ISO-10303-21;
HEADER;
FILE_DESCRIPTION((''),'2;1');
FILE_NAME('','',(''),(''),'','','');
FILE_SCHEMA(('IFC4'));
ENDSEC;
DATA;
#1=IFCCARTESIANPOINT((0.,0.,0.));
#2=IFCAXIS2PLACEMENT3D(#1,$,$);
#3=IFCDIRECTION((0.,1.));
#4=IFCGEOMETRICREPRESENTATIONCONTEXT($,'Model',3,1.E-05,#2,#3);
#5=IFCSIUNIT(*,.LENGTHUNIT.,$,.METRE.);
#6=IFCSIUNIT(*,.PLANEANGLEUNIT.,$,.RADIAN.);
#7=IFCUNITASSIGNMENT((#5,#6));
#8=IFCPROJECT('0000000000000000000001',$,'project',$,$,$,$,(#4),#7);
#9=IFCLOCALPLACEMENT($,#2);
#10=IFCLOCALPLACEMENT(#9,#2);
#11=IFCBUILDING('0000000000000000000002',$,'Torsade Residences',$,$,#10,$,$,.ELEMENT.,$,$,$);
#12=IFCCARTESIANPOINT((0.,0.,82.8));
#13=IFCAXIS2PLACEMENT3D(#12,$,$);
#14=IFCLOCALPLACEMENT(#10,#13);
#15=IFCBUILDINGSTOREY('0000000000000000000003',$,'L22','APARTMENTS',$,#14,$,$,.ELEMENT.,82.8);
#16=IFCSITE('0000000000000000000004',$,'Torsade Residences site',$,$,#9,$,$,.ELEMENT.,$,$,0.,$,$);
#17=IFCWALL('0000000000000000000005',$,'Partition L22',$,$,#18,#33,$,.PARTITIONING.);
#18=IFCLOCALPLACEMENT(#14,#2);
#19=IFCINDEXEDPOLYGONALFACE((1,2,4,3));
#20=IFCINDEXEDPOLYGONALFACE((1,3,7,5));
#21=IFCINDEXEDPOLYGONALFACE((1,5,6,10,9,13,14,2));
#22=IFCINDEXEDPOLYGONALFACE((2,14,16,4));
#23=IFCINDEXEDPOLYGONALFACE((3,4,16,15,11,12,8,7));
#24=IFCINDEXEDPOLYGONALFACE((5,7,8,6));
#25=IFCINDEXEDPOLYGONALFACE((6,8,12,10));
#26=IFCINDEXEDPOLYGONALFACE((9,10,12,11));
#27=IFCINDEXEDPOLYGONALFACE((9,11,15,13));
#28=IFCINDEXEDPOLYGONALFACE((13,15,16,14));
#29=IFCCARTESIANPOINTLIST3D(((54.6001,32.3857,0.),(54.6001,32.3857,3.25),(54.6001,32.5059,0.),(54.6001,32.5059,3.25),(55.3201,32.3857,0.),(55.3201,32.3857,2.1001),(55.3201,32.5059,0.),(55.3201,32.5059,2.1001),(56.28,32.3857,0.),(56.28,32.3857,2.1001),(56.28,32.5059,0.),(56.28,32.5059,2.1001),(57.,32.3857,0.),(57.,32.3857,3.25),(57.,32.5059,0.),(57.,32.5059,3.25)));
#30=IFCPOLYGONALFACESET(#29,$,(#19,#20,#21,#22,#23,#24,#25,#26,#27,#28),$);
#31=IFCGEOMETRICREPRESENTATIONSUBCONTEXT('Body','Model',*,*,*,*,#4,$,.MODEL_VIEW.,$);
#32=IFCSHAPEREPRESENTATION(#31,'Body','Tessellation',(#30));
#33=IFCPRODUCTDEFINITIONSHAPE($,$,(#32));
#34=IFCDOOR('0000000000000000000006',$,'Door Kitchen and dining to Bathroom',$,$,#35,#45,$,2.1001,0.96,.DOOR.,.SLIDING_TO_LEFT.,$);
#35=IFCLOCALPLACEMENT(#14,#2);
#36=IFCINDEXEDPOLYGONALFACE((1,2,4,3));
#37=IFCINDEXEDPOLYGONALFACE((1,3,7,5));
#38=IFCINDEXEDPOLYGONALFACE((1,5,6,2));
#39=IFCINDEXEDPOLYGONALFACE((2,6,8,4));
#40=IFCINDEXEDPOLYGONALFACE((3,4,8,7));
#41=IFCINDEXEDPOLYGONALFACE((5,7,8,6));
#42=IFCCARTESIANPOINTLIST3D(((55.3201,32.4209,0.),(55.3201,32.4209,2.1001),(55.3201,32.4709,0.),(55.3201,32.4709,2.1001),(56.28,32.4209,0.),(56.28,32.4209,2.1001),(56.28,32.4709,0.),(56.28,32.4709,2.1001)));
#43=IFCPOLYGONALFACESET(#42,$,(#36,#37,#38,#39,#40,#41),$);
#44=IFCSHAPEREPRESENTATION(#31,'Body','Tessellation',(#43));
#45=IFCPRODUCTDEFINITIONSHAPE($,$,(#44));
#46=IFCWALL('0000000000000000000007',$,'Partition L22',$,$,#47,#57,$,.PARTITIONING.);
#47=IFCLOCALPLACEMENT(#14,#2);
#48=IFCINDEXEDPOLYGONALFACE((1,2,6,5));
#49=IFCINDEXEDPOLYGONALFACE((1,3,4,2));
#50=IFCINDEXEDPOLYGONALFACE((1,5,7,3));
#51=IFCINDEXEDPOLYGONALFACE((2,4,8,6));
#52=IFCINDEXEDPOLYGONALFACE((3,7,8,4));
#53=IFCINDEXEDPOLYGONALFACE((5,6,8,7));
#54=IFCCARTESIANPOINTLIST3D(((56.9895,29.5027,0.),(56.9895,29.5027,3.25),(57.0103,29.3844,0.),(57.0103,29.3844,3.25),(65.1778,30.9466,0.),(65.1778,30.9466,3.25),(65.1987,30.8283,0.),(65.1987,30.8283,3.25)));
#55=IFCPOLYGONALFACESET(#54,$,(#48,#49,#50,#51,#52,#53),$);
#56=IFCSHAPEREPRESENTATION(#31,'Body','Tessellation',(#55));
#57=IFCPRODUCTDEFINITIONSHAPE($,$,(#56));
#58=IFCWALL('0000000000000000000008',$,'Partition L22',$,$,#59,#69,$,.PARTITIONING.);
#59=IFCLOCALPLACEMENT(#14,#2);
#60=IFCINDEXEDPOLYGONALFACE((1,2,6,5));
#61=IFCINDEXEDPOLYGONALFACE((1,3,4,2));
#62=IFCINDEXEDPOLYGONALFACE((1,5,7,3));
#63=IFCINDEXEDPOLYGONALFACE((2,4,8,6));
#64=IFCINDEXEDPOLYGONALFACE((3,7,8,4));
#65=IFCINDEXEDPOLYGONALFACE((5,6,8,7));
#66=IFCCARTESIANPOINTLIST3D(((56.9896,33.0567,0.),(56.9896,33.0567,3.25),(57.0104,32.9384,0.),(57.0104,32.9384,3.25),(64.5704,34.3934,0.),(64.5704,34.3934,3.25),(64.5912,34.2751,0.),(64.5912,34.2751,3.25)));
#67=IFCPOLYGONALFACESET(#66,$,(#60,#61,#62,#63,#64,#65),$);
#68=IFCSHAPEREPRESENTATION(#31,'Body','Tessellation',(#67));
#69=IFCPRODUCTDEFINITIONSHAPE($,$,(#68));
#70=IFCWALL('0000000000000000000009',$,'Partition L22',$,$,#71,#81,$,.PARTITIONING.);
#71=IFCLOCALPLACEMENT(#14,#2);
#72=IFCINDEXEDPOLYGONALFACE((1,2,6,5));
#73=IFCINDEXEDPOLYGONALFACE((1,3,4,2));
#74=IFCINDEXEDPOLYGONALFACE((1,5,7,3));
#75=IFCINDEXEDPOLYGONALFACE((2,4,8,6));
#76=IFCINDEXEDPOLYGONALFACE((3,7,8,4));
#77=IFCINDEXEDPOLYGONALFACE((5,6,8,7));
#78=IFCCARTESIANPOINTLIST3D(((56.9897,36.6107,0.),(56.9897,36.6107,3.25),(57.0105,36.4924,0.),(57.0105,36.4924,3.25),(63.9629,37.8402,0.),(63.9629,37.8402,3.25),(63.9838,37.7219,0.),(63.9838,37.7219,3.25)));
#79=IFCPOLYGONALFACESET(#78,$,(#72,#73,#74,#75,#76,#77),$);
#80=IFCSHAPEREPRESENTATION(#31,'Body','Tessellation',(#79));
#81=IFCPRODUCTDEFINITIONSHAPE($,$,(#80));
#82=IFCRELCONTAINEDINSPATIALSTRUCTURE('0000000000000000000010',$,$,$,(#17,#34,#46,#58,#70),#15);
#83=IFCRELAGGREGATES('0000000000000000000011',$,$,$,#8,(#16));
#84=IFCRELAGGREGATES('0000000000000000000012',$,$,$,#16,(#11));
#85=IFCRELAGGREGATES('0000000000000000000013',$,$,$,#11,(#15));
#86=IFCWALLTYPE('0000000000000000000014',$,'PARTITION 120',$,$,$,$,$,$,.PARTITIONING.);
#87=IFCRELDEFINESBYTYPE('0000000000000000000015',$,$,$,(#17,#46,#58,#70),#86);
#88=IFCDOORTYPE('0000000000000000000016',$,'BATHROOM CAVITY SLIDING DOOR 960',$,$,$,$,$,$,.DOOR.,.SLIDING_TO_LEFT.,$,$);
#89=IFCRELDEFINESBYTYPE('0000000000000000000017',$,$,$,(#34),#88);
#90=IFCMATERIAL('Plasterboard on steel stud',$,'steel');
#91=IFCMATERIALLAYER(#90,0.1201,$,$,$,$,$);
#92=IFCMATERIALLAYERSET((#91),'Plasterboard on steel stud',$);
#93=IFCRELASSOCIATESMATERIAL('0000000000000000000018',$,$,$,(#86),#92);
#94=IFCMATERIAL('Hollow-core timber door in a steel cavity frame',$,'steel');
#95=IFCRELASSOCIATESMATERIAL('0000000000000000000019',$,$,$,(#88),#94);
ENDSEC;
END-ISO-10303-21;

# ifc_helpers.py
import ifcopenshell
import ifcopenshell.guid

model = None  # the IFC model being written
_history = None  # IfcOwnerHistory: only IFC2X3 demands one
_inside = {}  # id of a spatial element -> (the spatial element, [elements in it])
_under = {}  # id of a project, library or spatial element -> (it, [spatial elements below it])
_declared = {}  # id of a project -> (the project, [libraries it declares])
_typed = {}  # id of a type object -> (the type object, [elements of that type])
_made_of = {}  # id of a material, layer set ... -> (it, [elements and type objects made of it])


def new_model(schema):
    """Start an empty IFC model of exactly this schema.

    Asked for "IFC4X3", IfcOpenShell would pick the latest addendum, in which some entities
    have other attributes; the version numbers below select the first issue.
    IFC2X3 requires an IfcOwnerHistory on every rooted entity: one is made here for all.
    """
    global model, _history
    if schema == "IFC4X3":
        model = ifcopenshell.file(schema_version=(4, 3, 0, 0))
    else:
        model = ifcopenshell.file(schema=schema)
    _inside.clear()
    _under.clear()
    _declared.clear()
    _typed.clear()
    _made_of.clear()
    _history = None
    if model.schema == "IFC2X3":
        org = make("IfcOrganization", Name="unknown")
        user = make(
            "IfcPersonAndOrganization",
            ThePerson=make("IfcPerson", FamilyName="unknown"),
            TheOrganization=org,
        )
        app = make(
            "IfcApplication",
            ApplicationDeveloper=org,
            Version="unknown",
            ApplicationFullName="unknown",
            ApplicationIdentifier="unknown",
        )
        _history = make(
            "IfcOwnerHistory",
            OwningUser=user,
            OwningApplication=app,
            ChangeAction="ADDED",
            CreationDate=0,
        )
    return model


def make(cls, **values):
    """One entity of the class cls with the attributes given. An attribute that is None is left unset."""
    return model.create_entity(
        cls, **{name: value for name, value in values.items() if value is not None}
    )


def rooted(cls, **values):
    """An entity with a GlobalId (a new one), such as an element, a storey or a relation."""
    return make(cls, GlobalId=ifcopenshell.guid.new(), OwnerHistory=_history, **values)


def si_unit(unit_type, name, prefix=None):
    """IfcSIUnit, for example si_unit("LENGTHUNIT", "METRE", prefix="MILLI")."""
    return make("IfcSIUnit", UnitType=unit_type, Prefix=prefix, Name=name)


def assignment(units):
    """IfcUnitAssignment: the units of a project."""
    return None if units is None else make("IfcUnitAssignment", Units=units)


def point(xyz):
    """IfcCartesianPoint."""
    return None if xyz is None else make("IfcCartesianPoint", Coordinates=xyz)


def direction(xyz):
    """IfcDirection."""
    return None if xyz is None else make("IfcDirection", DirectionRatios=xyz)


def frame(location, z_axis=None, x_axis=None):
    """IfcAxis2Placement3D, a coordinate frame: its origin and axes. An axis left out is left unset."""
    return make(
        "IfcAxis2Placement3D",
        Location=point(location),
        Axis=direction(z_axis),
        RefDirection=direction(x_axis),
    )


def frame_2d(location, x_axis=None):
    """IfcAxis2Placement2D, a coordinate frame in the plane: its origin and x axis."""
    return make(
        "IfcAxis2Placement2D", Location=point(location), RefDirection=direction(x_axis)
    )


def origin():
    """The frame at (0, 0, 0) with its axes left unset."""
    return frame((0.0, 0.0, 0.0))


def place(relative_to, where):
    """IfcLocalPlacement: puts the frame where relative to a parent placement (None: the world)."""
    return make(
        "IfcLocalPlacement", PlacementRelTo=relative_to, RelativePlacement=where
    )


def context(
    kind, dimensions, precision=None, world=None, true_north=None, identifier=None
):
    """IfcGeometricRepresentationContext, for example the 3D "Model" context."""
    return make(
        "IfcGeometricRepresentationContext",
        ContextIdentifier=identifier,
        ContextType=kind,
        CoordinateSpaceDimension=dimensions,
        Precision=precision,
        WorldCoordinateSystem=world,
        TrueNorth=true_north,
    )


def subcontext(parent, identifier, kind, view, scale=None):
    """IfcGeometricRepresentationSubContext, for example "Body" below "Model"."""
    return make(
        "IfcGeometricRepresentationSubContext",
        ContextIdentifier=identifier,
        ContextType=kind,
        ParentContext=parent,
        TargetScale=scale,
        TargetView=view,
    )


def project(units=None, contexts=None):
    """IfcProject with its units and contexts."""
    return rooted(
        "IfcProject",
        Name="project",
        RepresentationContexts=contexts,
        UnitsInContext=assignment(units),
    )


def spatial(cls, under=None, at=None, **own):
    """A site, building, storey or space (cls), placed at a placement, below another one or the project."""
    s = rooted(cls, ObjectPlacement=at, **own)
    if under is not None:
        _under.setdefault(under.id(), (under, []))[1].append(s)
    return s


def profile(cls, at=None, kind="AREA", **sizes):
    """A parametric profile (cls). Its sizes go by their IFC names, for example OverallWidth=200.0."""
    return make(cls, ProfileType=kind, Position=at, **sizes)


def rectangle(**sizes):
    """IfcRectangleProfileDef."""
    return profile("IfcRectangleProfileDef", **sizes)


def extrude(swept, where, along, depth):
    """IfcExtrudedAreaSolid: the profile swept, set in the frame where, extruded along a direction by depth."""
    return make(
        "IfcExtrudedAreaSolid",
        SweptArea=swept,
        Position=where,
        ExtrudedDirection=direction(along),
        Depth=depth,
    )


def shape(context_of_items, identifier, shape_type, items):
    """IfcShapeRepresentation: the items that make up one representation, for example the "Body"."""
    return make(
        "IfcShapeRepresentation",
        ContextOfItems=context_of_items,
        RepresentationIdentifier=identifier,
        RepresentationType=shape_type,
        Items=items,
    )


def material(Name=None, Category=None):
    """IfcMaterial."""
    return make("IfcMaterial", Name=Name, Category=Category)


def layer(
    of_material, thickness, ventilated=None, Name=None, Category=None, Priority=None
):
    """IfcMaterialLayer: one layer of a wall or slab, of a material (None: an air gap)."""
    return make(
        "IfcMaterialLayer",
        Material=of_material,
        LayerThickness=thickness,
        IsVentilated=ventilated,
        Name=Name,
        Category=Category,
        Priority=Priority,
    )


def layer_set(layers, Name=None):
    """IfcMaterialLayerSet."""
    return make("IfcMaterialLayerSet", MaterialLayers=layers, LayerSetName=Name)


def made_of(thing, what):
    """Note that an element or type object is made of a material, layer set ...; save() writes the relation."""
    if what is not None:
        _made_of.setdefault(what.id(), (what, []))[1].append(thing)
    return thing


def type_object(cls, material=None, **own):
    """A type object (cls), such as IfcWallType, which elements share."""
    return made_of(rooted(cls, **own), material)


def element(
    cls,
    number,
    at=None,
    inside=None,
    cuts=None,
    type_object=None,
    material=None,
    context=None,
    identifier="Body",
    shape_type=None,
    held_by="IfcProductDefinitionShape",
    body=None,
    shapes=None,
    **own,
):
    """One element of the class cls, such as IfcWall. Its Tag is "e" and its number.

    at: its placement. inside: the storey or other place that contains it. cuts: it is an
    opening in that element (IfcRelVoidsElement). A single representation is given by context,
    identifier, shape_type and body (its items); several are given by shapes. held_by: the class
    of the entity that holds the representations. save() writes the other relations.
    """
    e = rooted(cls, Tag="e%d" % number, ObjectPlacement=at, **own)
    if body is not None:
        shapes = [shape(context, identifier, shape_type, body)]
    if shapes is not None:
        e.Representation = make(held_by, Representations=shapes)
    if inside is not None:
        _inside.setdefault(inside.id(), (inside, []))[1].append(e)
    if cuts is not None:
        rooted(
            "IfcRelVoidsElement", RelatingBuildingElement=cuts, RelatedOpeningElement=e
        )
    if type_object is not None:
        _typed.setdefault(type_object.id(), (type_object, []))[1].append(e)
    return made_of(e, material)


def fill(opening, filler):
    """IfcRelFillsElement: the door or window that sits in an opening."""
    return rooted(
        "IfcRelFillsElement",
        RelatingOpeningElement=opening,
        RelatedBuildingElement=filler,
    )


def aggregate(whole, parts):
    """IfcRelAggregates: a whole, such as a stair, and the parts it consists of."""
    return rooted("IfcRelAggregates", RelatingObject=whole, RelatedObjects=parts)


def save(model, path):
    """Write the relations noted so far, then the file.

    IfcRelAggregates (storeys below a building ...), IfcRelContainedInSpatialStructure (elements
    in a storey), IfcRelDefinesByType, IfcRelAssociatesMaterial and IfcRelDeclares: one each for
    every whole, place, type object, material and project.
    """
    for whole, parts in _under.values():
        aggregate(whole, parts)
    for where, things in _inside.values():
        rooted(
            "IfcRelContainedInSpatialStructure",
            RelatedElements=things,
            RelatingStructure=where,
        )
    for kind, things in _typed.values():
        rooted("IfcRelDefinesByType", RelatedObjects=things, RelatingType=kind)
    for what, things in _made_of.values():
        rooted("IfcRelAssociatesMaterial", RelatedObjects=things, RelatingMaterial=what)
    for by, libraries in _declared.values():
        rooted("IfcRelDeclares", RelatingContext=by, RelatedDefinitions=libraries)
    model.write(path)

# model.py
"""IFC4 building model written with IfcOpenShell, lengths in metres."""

from ifc_helpers import new_model, si_unit, direction, frame, frame_2d, origin, place, context, subcontext, project, spatial, rectangle, extrude, material, layer, layer_set, type_object, element, fill, save


model = new_model("IFC4")

# Units and contexts
model_context = context("Model", 3, precision=1e-05, world=origin(), true_north=direction((0.0, 1.0)))
body_context = subcontext(model_context, "Body", "Model", "MODEL_VIEW")
ifc_project = project(units=[si_unit("LENGTHUNIT", "METRE"), si_unit("PLANEANGLEUNIT", "RADIAN")], contexts=[model_context])

# Site, building, storey
site_placement = place(None, origin())
site = spatial("IfcSite", under=ifc_project, at=site_placement, Name="Torsade Residences site", CompositionType="ELEMENT", RefElevation=0.0)
building_placement = place(site_placement, origin())
building = spatial("IfcBuilding", under=site, at=building_placement, Name="Torsade Residences", CompositionType="ELEMENT")
storey_placement = place(building_placement, frame((0.0, 0.0, 82.8)))
storey = spatial("IfcBuildingStorey", under=building, at=storey_placement, Name="L22", Description="APARTMENTS", CompositionType="ELEMENT", Elevation=82.8)

# Wall, opening, door
ifc_material_1 = material(Name="Plasterboard on steel stud", Category="steel")
ifc_layer_1 = layer(ifc_material_1, 0.1201)
ifc_layer_set_1 = layer_set([ifc_layer_1], Name="Plasterboard on steel stud")
wall_type_1 = type_object("IfcWallType", Name="PARTITION 120", PredefinedType="PARTITIONING", material=ifc_layer_set_1)
wall_1_placement = place(storey_placement, frame((57.0, 32.4458, 0.0), z_axis=(0.0, 0.0, 1.0), x_axis=(-1.0, 0.0, 0.0)))
wall_1 = element("IfcWall", 1, at=wall_1_placement, inside=storey, type_object=wall_type_1, Name="Partition L22", PredefinedType="PARTITIONING", context=body_context, shape_type="SweptSolid", body=[
    extrude(rectangle(XDim=2.3999, YDim=0.1201, at=frame_2d((1.2, 0.0))), origin(), (0.0, 0.0, 1.0), 3.25),
])
opening_1_placement = place(wall_1_placement, frame((0.72, 0.0, 0.0)))
opening_1 = element("IfcOpeningElement", 2, at=opening_1_placement, cuts=wall_1, PredefinedType="OPENING", context=body_context, shape_type="SweptSolid", body=[
    extrude(rectangle(XDim=0.96, YDim=2.1001, at=frame_2d((0.48, 1.05))), frame((0.0, 0.0701, 0.0), z_axis=(0.0, -1.0, 0.0), x_axis=(1.0, 0.0, 0.0)), (0.0, 0.0, 1.0), 0.1401),
])
ifc_material_2 = material(Name="Hollow-core timber door in a steel cavity frame", Category="steel")
door_type_1 = type_object("IfcDoorType", Name="BATHROOM CAVITY SLIDING DOOR 960", OperationType="SLIDING_TO_LEFT", PredefinedType="DOOR", material=ifc_material_2)
door_1_placement = place(opening_1_placement, origin())
door_1 = element("IfcDoor", 3, at=door_1_placement, inside=storey, type_object=door_type_1, Name="Door Kitchen and dining to Bathroom", OperationType="SLIDING_TO_LEFT", OverallHeight=2.1001, OverallWidth=0.96, PredefinedType="DOOR", context=body_context, shape_type="SweptSolid", body=[
    extrude(rectangle(XDim=0.96, YDim=2.1001, at=frame_2d((0.48, 1.05))), frame((0.0, 0.0249, 0.0), z_axis=(0.0, -1.0, 0.0), x_axis=(1.0, 0.0, 0.0)), (0.0, 0.0, 1.0), 0.05),
])
fill(opening_1, door_1)

# Walls
wall_2_placement = place(storey_placement, frame((57.0, 29.4436, 0.0), z_axis=(0.0, 0.0, 1.0), x_axis=(0.984808, 0.173648, 0.0)))
element("IfcWall", 4, at=wall_2_placement, inside=storey, type_object=wall_type_1, Name="Partition L22", PredefinedType="PARTITIONING", context=body_context, shape_type="SweptSolid", body=[
    extrude(rectangle(XDim=8.3147, YDim=0.1201, at=frame_2d((4.1572, 0.0))), origin(), (0.0, 0.0, 1.0), 3.25),
])
wall_3_placement = place(storey_placement, frame((57.0, 32.9976, 0.0), z_axis=(0.0, 0.0, 1.0), x_axis=(0.984808, 0.173644, 0.0)))
element("IfcWall", 5, at=wall_3_placement, inside=storey, type_object=wall_type_1, Name="Partition L22", PredefinedType="PARTITIONING", context=body_context, shape_type="SweptSolid", body=[
    extrude(rectangle(XDim=7.6978, YDim=0.1201, at=frame_2d((3.8489, 0.0))), origin(), (0.0, 0.0, 1.0), 3.25),
])
wall_4_placement = place(storey_placement, frame((57.0, 36.5515, 0.0), z_axis=(0.0, 0.0, 1.0), x_axis=(0.984809, 0.17364, 0.0)))
element("IfcWall", 6, at=wall_4_placement, inside=storey, type_object=wall_type_1, Name="Partition L22", PredefinedType="PARTITIONING", context=body_context, shape_type="SweptSolid", body=[
    extrude(rectangle(XDim=7.0808, YDim=0.1201, at=frame_2d((3.5405, 0.0))), origin(), (0.0, 0.0, 1.0), 3.25),
])

save(model, "model.ifc")
